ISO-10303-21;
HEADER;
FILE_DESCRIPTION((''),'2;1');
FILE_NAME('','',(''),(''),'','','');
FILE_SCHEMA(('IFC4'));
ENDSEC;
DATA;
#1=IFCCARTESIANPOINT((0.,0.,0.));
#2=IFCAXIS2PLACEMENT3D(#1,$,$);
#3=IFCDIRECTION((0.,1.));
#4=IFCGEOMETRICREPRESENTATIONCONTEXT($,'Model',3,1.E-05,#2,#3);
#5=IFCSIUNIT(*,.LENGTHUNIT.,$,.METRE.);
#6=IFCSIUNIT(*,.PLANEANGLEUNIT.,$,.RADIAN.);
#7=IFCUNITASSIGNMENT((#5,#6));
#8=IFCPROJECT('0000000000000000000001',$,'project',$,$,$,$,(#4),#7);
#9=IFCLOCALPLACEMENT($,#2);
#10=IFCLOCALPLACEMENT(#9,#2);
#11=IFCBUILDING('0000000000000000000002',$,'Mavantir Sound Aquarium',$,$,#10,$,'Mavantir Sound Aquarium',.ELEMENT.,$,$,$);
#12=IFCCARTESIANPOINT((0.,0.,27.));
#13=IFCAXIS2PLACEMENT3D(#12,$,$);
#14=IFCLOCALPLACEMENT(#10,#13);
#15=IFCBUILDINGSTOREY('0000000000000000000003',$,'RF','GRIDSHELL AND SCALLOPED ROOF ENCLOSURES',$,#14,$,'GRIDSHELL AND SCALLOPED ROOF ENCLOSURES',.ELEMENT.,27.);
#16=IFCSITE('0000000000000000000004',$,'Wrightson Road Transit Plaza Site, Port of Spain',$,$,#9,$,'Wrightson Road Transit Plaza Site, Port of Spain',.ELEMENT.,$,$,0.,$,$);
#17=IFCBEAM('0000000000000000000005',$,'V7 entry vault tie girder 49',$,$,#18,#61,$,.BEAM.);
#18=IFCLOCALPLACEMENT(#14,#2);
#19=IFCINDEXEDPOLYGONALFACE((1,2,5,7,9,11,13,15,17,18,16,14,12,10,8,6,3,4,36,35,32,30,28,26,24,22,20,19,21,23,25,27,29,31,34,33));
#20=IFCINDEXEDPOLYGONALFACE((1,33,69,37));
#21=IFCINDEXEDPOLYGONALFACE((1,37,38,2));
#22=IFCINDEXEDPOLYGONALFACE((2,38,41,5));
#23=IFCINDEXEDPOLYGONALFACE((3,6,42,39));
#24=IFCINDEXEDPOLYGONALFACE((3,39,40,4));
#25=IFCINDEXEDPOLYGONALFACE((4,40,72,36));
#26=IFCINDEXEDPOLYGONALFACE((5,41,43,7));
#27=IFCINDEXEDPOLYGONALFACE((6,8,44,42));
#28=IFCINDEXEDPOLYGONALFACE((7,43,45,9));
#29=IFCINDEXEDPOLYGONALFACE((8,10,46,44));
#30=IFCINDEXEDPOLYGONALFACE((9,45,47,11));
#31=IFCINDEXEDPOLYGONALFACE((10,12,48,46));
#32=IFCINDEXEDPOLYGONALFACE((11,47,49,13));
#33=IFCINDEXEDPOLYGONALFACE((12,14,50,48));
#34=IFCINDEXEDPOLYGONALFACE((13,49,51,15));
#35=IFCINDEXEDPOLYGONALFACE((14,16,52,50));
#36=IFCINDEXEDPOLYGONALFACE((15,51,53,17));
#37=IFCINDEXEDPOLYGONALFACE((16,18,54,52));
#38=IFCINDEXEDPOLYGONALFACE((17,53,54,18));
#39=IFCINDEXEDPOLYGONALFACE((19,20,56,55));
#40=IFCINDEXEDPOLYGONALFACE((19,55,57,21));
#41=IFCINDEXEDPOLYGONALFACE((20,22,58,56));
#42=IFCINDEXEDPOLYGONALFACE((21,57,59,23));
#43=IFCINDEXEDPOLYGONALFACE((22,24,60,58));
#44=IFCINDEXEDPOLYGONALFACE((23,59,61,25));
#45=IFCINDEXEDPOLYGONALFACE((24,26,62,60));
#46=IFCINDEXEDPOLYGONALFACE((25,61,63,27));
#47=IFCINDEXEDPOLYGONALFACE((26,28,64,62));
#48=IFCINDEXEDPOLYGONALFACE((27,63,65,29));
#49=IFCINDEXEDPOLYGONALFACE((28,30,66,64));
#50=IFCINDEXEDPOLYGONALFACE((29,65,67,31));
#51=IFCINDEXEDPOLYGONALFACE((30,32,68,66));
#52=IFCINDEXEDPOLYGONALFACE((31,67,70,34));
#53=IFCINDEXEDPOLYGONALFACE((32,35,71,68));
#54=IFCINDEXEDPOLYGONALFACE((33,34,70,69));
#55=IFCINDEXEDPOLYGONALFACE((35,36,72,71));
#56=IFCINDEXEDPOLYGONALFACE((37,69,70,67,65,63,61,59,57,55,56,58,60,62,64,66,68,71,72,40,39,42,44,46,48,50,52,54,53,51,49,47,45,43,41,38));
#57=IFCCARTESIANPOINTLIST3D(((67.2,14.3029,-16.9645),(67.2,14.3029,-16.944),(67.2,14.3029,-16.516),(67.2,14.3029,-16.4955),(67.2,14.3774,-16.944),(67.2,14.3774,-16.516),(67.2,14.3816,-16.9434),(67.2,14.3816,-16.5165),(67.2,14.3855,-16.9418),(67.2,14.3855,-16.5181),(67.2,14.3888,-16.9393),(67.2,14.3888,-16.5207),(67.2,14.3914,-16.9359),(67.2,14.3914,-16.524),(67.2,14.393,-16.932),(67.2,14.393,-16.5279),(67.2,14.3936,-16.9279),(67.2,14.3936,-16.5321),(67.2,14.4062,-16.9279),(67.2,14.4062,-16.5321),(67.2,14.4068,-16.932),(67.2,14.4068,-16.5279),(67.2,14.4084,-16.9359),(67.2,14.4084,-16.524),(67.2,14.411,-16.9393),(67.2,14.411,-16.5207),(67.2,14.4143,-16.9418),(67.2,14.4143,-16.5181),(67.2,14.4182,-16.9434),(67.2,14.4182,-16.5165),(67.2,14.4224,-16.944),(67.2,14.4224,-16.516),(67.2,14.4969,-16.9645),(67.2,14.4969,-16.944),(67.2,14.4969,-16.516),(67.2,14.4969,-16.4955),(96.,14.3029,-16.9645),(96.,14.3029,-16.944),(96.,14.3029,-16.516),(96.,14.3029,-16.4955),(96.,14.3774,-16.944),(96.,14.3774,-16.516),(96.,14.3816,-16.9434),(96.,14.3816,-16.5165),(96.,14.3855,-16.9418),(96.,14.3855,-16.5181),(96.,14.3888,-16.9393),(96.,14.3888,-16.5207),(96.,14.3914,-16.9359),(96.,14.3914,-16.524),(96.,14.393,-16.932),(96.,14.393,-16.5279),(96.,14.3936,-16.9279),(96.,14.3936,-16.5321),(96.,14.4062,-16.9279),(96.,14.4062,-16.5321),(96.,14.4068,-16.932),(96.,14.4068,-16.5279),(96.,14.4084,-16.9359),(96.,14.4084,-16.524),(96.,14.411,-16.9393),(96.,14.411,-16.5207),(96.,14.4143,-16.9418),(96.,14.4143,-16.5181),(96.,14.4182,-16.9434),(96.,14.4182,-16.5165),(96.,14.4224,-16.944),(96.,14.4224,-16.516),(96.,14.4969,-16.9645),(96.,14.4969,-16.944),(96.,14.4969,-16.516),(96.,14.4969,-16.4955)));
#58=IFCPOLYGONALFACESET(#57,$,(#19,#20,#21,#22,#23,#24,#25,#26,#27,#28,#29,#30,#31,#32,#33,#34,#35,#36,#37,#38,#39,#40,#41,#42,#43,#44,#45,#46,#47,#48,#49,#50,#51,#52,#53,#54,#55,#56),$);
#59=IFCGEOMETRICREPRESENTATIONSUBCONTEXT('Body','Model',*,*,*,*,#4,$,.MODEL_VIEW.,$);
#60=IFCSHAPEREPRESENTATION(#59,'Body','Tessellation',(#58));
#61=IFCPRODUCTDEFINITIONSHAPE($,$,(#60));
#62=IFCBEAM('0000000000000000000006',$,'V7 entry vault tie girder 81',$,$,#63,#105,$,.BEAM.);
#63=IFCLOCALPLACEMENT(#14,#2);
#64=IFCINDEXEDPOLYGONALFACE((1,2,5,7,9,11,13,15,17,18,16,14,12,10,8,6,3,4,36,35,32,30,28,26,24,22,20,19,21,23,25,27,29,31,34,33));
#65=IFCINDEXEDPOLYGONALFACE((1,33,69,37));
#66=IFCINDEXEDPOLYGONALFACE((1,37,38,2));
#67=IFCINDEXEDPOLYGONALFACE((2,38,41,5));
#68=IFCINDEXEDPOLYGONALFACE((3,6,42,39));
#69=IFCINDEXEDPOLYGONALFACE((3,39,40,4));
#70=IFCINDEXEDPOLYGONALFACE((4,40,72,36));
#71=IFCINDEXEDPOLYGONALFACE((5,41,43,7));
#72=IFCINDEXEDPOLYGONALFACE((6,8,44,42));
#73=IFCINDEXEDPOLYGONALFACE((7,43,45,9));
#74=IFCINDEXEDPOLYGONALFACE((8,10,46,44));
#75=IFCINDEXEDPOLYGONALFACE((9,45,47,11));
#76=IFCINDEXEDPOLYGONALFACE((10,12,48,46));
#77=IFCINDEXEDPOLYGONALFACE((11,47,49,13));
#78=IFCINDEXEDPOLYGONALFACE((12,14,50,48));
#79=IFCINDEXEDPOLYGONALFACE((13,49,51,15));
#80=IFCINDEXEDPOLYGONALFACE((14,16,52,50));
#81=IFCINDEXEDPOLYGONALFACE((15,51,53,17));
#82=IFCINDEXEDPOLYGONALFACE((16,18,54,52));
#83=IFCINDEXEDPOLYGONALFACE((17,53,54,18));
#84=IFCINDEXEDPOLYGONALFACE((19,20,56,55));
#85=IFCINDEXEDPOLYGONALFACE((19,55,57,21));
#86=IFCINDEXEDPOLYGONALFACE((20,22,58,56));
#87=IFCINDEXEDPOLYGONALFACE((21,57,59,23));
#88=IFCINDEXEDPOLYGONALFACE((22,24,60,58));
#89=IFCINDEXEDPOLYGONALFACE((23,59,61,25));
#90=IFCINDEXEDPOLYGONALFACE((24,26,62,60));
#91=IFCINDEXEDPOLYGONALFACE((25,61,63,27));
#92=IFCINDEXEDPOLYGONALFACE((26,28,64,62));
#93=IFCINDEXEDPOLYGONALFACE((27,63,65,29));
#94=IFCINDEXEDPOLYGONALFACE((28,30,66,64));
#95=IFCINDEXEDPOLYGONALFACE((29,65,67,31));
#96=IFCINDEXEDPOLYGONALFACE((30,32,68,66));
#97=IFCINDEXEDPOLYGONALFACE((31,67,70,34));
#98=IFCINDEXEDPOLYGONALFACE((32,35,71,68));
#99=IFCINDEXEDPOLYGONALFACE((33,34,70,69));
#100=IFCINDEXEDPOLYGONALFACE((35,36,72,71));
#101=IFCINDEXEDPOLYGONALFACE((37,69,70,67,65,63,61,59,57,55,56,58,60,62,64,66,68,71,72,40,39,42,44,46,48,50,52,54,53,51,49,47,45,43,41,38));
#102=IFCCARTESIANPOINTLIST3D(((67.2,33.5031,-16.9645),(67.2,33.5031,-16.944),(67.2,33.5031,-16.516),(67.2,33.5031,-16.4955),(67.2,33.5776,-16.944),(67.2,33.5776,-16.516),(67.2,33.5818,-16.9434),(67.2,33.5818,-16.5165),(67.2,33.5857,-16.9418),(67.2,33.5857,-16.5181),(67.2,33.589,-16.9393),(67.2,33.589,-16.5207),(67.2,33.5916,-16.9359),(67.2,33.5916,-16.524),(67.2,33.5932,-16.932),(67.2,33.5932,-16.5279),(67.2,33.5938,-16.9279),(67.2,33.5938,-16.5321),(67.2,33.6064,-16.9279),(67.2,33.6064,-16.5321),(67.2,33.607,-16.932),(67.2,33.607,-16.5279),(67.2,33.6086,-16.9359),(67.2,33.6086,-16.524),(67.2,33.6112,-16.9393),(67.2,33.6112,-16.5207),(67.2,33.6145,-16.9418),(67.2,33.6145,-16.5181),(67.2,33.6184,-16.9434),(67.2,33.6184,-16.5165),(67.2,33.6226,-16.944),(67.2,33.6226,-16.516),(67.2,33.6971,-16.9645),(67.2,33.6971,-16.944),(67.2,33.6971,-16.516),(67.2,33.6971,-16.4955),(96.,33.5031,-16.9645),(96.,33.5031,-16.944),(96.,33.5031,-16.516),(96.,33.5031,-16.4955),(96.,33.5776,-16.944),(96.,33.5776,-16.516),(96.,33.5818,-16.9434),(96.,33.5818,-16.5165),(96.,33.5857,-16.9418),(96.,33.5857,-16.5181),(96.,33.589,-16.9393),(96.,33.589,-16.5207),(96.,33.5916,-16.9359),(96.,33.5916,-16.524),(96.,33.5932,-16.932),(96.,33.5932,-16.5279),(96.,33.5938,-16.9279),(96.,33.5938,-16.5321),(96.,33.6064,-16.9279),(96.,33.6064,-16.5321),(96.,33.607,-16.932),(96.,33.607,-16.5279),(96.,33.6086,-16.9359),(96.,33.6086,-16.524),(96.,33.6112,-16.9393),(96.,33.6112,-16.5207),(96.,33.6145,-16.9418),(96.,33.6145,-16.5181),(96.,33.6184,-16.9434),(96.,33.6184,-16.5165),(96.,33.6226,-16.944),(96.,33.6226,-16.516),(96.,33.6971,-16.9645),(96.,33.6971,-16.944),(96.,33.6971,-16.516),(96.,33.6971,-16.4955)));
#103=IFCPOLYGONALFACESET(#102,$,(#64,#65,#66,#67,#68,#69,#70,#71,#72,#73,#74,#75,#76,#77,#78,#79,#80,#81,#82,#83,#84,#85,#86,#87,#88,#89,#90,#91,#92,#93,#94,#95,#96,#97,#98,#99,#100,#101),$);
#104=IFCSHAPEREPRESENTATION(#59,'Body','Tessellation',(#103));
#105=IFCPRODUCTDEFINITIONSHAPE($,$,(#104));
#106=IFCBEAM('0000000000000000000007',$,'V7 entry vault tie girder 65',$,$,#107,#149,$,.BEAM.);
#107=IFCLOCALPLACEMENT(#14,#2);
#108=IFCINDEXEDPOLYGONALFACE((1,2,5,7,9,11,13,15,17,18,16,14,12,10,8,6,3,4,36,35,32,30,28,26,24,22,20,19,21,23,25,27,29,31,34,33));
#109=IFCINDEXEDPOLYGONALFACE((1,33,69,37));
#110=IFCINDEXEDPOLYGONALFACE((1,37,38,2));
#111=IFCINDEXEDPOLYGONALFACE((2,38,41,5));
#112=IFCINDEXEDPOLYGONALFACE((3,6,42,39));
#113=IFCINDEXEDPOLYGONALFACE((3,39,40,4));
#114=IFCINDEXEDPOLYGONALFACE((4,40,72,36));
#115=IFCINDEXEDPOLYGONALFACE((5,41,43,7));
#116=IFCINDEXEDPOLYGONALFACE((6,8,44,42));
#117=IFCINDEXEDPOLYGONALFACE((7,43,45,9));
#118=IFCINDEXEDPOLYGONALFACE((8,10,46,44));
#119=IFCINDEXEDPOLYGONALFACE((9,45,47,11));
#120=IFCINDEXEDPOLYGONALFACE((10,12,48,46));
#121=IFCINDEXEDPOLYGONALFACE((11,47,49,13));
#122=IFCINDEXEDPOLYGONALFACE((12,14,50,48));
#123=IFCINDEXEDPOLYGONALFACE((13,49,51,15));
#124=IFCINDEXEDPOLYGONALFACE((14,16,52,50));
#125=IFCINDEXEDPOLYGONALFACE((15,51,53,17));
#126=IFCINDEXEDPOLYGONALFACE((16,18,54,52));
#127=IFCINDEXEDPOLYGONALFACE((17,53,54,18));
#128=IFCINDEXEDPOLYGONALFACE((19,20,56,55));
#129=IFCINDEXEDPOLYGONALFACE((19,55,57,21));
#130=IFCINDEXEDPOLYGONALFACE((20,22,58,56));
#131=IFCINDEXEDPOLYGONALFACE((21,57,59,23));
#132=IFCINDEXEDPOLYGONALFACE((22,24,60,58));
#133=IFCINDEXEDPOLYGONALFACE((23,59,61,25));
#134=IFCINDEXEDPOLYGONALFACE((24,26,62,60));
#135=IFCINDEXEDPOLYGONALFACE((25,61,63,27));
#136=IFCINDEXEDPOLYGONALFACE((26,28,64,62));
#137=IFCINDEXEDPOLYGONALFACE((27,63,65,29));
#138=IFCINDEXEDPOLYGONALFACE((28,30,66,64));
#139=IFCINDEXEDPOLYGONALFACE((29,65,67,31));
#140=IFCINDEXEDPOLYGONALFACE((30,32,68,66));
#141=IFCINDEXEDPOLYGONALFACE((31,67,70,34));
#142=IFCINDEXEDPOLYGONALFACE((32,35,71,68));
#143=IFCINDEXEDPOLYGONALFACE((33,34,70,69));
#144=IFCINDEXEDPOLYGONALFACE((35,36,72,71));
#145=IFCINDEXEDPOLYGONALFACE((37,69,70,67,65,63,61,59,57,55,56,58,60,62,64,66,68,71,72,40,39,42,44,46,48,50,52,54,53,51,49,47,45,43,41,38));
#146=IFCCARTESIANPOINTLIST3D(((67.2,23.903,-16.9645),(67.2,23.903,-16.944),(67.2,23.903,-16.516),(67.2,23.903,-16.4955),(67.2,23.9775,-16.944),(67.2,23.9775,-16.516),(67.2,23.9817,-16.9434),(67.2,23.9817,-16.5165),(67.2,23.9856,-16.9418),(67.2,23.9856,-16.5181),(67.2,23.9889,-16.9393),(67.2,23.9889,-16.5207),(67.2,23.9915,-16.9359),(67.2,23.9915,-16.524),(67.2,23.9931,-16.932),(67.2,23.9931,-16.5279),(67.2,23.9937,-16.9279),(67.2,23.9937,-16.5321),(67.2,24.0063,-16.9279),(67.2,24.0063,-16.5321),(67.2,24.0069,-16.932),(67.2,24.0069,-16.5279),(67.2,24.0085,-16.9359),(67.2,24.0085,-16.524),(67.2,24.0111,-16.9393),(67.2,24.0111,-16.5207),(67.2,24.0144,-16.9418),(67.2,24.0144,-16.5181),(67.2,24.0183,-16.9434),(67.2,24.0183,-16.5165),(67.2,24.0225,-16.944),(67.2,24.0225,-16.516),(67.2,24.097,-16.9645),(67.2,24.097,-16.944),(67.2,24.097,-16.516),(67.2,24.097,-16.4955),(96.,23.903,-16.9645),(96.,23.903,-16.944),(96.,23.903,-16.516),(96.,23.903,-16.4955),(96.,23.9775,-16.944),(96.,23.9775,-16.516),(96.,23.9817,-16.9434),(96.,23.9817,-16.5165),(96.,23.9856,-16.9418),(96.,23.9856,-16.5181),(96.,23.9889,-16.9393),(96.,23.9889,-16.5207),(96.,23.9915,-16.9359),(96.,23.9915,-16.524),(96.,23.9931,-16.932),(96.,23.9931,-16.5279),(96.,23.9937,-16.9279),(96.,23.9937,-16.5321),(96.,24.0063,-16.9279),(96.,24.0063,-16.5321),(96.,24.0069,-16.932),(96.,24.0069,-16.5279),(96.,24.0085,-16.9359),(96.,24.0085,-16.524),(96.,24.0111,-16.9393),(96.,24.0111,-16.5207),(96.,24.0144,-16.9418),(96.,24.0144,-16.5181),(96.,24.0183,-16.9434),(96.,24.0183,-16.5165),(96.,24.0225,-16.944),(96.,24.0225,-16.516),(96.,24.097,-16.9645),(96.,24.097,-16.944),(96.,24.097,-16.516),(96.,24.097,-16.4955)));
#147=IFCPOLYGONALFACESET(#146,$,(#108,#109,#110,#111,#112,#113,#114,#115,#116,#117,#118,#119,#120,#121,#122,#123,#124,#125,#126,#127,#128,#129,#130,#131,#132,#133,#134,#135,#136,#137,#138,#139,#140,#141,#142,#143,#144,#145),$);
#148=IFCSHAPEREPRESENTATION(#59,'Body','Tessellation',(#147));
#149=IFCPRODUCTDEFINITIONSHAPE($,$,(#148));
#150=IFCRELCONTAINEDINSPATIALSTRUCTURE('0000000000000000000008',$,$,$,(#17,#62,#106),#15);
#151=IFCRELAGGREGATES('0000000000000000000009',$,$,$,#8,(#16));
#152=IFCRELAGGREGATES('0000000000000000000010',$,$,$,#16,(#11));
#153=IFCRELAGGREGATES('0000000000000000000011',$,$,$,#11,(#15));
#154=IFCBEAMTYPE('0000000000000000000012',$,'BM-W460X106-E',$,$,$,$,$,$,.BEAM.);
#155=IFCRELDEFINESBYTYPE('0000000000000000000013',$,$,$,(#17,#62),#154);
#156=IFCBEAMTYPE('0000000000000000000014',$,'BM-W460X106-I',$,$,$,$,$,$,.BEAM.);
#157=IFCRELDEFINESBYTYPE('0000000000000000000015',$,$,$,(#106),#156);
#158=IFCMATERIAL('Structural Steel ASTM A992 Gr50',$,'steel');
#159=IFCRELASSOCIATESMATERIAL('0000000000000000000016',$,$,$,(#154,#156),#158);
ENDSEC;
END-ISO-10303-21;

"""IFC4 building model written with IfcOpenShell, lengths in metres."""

from ifc_helpers import new_model, si_unit, direction, frame, origin, origin_2d, place, context, subcontext, project, spatial, i_section, extrude, material, material_profile, profile_set, type_object, element, save


model = new_model("IFC4")

# Units and contexts
model_context = context("Model", 3, precision=1e-05, world=origin(), true_north=direction((0.0, 1.0)))
body_context = subcontext(model_context, "Body", "Model", "MODEL_VIEW")
ifc_project = project(units=[si_unit("LENGTHUNIT", "METRE"), si_unit("PLANEANGLEUNIT", "RADIAN")], contexts=[model_context])

# Site, building, storey
site_placement = place(None, origin())
site = spatial("IfcSite", under=ifc_project, at=site_placement, Name="Wrightson Road Transit Plaza Site, Port of Spain", LongName="Wrightson Road Transit Plaza Site, Port of Spain", CompositionType="ELEMENT", RefElevation=0.0)
building_placement = place(site_placement, origin())
building = spatial("IfcBuilding", under=site, at=building_placement, Name="Mavantir Sound Aquarium", LongName="Mavantir Sound Aquarium", CompositionType="ELEMENT")
storey_placement = place(building_placement, frame((0.0, 0.0, 27.0)))
storey = spatial("IfcBuildingStorey", under=building, at=storey_placement, Name="RF", Description="GRIDSHELL AND SCALLOPED ROOF ENCLOSURES", LongName="GRIDSHELL AND SCALLOPED ROOF ENCLOSURES", CompositionType="ELEMENT", Elevation=27.0)

# Beams
ifc_material_1 = material(Name="Structural Steel ASTM A992 Gr50", Category="steel")
ifc_material_profile_1 = material_profile(ifc_material_1, i_section(OverallWidth=0.1941, OverallDepth=0.469, WebThickness=0.0127, FlangeThickness=0.0205, FilletRadius=0.0161, at=origin_2d()), Name="W460X106")
ifc_profile_set_1 = profile_set([ifc_material_profile_1], Name="Structural Steel ASTM A992 Gr50")
beam_type_1 = type_object("IfcBeamType", Name="BM-W460X106-E", PredefinedType="BEAM", material=ifc_profile_set_1)
for number, where, z_axis, x_axis, name in (
    (1, (67.2, 14.3999, -16.73), (1.0, 0.0, 0.0), (0.0, 1.0, 0.0), "V7 entry vault tie girder 49"),
    (2, (67.2, 33.6001, -16.73), (1.0, 0.0, 0.0), (0.0, 1.0, 0.0), "V7 entry vault tie girder 81"),
):
    element("IfcBeam", number, at=place(storey_placement, frame(where, z_axis=z_axis, x_axis=x_axis)), inside=storey, type_object=beam_type_1, Name=name, PredefinedType="BEAM", context=body_context, shape_type="SweptSolid", body=[
        extrude(i_section(OverallWidth=0.1941, OverallDepth=0.469, WebThickness=0.0127, FlangeThickness=0.0205, FilletRadius=0.0161, at=origin_2d()), origin(), (0.0, 0.0, 1.0), 28.8),
    ])
ifc_material_profile_2 = material_profile(ifc_material_1, i_section(OverallWidth=0.1941, OverallDepth=0.469, WebThickness=0.0127, FlangeThickness=0.0205, FilletRadius=0.0161, at=origin_2d()), Name="W460X106")
ifc_profile_set_2 = profile_set([ifc_material_profile_2], Name="Structural Steel ASTM A992 Gr50")
beam_type_2 = type_object("IfcBeamType", Name="BM-W460X106-I", PredefinedType="BEAM", material=ifc_profile_set_2)
beam_1_placement = place(storey_placement, frame((67.2, 24.0, -16.73), z_axis=(1.0, 0.0, 0.0), x_axis=(0.0, 1.0, 0.0)))
element("IfcBeam", 3, at=beam_1_placement, inside=storey, type_object=beam_type_2, Name="V7 entry vault tie girder 65", PredefinedType="BEAM", context=body_context, shape_type="SweptSolid", body=[
    extrude(i_section(OverallWidth=0.1941, OverallDepth=0.469, WebThickness=0.0127, FlangeThickness=0.0205, FilletRadius=0.0161, at=origin_2d()), origin(), (0.0, 0.0, 1.0), 28.8),
])

save(model, "model.ifc")
